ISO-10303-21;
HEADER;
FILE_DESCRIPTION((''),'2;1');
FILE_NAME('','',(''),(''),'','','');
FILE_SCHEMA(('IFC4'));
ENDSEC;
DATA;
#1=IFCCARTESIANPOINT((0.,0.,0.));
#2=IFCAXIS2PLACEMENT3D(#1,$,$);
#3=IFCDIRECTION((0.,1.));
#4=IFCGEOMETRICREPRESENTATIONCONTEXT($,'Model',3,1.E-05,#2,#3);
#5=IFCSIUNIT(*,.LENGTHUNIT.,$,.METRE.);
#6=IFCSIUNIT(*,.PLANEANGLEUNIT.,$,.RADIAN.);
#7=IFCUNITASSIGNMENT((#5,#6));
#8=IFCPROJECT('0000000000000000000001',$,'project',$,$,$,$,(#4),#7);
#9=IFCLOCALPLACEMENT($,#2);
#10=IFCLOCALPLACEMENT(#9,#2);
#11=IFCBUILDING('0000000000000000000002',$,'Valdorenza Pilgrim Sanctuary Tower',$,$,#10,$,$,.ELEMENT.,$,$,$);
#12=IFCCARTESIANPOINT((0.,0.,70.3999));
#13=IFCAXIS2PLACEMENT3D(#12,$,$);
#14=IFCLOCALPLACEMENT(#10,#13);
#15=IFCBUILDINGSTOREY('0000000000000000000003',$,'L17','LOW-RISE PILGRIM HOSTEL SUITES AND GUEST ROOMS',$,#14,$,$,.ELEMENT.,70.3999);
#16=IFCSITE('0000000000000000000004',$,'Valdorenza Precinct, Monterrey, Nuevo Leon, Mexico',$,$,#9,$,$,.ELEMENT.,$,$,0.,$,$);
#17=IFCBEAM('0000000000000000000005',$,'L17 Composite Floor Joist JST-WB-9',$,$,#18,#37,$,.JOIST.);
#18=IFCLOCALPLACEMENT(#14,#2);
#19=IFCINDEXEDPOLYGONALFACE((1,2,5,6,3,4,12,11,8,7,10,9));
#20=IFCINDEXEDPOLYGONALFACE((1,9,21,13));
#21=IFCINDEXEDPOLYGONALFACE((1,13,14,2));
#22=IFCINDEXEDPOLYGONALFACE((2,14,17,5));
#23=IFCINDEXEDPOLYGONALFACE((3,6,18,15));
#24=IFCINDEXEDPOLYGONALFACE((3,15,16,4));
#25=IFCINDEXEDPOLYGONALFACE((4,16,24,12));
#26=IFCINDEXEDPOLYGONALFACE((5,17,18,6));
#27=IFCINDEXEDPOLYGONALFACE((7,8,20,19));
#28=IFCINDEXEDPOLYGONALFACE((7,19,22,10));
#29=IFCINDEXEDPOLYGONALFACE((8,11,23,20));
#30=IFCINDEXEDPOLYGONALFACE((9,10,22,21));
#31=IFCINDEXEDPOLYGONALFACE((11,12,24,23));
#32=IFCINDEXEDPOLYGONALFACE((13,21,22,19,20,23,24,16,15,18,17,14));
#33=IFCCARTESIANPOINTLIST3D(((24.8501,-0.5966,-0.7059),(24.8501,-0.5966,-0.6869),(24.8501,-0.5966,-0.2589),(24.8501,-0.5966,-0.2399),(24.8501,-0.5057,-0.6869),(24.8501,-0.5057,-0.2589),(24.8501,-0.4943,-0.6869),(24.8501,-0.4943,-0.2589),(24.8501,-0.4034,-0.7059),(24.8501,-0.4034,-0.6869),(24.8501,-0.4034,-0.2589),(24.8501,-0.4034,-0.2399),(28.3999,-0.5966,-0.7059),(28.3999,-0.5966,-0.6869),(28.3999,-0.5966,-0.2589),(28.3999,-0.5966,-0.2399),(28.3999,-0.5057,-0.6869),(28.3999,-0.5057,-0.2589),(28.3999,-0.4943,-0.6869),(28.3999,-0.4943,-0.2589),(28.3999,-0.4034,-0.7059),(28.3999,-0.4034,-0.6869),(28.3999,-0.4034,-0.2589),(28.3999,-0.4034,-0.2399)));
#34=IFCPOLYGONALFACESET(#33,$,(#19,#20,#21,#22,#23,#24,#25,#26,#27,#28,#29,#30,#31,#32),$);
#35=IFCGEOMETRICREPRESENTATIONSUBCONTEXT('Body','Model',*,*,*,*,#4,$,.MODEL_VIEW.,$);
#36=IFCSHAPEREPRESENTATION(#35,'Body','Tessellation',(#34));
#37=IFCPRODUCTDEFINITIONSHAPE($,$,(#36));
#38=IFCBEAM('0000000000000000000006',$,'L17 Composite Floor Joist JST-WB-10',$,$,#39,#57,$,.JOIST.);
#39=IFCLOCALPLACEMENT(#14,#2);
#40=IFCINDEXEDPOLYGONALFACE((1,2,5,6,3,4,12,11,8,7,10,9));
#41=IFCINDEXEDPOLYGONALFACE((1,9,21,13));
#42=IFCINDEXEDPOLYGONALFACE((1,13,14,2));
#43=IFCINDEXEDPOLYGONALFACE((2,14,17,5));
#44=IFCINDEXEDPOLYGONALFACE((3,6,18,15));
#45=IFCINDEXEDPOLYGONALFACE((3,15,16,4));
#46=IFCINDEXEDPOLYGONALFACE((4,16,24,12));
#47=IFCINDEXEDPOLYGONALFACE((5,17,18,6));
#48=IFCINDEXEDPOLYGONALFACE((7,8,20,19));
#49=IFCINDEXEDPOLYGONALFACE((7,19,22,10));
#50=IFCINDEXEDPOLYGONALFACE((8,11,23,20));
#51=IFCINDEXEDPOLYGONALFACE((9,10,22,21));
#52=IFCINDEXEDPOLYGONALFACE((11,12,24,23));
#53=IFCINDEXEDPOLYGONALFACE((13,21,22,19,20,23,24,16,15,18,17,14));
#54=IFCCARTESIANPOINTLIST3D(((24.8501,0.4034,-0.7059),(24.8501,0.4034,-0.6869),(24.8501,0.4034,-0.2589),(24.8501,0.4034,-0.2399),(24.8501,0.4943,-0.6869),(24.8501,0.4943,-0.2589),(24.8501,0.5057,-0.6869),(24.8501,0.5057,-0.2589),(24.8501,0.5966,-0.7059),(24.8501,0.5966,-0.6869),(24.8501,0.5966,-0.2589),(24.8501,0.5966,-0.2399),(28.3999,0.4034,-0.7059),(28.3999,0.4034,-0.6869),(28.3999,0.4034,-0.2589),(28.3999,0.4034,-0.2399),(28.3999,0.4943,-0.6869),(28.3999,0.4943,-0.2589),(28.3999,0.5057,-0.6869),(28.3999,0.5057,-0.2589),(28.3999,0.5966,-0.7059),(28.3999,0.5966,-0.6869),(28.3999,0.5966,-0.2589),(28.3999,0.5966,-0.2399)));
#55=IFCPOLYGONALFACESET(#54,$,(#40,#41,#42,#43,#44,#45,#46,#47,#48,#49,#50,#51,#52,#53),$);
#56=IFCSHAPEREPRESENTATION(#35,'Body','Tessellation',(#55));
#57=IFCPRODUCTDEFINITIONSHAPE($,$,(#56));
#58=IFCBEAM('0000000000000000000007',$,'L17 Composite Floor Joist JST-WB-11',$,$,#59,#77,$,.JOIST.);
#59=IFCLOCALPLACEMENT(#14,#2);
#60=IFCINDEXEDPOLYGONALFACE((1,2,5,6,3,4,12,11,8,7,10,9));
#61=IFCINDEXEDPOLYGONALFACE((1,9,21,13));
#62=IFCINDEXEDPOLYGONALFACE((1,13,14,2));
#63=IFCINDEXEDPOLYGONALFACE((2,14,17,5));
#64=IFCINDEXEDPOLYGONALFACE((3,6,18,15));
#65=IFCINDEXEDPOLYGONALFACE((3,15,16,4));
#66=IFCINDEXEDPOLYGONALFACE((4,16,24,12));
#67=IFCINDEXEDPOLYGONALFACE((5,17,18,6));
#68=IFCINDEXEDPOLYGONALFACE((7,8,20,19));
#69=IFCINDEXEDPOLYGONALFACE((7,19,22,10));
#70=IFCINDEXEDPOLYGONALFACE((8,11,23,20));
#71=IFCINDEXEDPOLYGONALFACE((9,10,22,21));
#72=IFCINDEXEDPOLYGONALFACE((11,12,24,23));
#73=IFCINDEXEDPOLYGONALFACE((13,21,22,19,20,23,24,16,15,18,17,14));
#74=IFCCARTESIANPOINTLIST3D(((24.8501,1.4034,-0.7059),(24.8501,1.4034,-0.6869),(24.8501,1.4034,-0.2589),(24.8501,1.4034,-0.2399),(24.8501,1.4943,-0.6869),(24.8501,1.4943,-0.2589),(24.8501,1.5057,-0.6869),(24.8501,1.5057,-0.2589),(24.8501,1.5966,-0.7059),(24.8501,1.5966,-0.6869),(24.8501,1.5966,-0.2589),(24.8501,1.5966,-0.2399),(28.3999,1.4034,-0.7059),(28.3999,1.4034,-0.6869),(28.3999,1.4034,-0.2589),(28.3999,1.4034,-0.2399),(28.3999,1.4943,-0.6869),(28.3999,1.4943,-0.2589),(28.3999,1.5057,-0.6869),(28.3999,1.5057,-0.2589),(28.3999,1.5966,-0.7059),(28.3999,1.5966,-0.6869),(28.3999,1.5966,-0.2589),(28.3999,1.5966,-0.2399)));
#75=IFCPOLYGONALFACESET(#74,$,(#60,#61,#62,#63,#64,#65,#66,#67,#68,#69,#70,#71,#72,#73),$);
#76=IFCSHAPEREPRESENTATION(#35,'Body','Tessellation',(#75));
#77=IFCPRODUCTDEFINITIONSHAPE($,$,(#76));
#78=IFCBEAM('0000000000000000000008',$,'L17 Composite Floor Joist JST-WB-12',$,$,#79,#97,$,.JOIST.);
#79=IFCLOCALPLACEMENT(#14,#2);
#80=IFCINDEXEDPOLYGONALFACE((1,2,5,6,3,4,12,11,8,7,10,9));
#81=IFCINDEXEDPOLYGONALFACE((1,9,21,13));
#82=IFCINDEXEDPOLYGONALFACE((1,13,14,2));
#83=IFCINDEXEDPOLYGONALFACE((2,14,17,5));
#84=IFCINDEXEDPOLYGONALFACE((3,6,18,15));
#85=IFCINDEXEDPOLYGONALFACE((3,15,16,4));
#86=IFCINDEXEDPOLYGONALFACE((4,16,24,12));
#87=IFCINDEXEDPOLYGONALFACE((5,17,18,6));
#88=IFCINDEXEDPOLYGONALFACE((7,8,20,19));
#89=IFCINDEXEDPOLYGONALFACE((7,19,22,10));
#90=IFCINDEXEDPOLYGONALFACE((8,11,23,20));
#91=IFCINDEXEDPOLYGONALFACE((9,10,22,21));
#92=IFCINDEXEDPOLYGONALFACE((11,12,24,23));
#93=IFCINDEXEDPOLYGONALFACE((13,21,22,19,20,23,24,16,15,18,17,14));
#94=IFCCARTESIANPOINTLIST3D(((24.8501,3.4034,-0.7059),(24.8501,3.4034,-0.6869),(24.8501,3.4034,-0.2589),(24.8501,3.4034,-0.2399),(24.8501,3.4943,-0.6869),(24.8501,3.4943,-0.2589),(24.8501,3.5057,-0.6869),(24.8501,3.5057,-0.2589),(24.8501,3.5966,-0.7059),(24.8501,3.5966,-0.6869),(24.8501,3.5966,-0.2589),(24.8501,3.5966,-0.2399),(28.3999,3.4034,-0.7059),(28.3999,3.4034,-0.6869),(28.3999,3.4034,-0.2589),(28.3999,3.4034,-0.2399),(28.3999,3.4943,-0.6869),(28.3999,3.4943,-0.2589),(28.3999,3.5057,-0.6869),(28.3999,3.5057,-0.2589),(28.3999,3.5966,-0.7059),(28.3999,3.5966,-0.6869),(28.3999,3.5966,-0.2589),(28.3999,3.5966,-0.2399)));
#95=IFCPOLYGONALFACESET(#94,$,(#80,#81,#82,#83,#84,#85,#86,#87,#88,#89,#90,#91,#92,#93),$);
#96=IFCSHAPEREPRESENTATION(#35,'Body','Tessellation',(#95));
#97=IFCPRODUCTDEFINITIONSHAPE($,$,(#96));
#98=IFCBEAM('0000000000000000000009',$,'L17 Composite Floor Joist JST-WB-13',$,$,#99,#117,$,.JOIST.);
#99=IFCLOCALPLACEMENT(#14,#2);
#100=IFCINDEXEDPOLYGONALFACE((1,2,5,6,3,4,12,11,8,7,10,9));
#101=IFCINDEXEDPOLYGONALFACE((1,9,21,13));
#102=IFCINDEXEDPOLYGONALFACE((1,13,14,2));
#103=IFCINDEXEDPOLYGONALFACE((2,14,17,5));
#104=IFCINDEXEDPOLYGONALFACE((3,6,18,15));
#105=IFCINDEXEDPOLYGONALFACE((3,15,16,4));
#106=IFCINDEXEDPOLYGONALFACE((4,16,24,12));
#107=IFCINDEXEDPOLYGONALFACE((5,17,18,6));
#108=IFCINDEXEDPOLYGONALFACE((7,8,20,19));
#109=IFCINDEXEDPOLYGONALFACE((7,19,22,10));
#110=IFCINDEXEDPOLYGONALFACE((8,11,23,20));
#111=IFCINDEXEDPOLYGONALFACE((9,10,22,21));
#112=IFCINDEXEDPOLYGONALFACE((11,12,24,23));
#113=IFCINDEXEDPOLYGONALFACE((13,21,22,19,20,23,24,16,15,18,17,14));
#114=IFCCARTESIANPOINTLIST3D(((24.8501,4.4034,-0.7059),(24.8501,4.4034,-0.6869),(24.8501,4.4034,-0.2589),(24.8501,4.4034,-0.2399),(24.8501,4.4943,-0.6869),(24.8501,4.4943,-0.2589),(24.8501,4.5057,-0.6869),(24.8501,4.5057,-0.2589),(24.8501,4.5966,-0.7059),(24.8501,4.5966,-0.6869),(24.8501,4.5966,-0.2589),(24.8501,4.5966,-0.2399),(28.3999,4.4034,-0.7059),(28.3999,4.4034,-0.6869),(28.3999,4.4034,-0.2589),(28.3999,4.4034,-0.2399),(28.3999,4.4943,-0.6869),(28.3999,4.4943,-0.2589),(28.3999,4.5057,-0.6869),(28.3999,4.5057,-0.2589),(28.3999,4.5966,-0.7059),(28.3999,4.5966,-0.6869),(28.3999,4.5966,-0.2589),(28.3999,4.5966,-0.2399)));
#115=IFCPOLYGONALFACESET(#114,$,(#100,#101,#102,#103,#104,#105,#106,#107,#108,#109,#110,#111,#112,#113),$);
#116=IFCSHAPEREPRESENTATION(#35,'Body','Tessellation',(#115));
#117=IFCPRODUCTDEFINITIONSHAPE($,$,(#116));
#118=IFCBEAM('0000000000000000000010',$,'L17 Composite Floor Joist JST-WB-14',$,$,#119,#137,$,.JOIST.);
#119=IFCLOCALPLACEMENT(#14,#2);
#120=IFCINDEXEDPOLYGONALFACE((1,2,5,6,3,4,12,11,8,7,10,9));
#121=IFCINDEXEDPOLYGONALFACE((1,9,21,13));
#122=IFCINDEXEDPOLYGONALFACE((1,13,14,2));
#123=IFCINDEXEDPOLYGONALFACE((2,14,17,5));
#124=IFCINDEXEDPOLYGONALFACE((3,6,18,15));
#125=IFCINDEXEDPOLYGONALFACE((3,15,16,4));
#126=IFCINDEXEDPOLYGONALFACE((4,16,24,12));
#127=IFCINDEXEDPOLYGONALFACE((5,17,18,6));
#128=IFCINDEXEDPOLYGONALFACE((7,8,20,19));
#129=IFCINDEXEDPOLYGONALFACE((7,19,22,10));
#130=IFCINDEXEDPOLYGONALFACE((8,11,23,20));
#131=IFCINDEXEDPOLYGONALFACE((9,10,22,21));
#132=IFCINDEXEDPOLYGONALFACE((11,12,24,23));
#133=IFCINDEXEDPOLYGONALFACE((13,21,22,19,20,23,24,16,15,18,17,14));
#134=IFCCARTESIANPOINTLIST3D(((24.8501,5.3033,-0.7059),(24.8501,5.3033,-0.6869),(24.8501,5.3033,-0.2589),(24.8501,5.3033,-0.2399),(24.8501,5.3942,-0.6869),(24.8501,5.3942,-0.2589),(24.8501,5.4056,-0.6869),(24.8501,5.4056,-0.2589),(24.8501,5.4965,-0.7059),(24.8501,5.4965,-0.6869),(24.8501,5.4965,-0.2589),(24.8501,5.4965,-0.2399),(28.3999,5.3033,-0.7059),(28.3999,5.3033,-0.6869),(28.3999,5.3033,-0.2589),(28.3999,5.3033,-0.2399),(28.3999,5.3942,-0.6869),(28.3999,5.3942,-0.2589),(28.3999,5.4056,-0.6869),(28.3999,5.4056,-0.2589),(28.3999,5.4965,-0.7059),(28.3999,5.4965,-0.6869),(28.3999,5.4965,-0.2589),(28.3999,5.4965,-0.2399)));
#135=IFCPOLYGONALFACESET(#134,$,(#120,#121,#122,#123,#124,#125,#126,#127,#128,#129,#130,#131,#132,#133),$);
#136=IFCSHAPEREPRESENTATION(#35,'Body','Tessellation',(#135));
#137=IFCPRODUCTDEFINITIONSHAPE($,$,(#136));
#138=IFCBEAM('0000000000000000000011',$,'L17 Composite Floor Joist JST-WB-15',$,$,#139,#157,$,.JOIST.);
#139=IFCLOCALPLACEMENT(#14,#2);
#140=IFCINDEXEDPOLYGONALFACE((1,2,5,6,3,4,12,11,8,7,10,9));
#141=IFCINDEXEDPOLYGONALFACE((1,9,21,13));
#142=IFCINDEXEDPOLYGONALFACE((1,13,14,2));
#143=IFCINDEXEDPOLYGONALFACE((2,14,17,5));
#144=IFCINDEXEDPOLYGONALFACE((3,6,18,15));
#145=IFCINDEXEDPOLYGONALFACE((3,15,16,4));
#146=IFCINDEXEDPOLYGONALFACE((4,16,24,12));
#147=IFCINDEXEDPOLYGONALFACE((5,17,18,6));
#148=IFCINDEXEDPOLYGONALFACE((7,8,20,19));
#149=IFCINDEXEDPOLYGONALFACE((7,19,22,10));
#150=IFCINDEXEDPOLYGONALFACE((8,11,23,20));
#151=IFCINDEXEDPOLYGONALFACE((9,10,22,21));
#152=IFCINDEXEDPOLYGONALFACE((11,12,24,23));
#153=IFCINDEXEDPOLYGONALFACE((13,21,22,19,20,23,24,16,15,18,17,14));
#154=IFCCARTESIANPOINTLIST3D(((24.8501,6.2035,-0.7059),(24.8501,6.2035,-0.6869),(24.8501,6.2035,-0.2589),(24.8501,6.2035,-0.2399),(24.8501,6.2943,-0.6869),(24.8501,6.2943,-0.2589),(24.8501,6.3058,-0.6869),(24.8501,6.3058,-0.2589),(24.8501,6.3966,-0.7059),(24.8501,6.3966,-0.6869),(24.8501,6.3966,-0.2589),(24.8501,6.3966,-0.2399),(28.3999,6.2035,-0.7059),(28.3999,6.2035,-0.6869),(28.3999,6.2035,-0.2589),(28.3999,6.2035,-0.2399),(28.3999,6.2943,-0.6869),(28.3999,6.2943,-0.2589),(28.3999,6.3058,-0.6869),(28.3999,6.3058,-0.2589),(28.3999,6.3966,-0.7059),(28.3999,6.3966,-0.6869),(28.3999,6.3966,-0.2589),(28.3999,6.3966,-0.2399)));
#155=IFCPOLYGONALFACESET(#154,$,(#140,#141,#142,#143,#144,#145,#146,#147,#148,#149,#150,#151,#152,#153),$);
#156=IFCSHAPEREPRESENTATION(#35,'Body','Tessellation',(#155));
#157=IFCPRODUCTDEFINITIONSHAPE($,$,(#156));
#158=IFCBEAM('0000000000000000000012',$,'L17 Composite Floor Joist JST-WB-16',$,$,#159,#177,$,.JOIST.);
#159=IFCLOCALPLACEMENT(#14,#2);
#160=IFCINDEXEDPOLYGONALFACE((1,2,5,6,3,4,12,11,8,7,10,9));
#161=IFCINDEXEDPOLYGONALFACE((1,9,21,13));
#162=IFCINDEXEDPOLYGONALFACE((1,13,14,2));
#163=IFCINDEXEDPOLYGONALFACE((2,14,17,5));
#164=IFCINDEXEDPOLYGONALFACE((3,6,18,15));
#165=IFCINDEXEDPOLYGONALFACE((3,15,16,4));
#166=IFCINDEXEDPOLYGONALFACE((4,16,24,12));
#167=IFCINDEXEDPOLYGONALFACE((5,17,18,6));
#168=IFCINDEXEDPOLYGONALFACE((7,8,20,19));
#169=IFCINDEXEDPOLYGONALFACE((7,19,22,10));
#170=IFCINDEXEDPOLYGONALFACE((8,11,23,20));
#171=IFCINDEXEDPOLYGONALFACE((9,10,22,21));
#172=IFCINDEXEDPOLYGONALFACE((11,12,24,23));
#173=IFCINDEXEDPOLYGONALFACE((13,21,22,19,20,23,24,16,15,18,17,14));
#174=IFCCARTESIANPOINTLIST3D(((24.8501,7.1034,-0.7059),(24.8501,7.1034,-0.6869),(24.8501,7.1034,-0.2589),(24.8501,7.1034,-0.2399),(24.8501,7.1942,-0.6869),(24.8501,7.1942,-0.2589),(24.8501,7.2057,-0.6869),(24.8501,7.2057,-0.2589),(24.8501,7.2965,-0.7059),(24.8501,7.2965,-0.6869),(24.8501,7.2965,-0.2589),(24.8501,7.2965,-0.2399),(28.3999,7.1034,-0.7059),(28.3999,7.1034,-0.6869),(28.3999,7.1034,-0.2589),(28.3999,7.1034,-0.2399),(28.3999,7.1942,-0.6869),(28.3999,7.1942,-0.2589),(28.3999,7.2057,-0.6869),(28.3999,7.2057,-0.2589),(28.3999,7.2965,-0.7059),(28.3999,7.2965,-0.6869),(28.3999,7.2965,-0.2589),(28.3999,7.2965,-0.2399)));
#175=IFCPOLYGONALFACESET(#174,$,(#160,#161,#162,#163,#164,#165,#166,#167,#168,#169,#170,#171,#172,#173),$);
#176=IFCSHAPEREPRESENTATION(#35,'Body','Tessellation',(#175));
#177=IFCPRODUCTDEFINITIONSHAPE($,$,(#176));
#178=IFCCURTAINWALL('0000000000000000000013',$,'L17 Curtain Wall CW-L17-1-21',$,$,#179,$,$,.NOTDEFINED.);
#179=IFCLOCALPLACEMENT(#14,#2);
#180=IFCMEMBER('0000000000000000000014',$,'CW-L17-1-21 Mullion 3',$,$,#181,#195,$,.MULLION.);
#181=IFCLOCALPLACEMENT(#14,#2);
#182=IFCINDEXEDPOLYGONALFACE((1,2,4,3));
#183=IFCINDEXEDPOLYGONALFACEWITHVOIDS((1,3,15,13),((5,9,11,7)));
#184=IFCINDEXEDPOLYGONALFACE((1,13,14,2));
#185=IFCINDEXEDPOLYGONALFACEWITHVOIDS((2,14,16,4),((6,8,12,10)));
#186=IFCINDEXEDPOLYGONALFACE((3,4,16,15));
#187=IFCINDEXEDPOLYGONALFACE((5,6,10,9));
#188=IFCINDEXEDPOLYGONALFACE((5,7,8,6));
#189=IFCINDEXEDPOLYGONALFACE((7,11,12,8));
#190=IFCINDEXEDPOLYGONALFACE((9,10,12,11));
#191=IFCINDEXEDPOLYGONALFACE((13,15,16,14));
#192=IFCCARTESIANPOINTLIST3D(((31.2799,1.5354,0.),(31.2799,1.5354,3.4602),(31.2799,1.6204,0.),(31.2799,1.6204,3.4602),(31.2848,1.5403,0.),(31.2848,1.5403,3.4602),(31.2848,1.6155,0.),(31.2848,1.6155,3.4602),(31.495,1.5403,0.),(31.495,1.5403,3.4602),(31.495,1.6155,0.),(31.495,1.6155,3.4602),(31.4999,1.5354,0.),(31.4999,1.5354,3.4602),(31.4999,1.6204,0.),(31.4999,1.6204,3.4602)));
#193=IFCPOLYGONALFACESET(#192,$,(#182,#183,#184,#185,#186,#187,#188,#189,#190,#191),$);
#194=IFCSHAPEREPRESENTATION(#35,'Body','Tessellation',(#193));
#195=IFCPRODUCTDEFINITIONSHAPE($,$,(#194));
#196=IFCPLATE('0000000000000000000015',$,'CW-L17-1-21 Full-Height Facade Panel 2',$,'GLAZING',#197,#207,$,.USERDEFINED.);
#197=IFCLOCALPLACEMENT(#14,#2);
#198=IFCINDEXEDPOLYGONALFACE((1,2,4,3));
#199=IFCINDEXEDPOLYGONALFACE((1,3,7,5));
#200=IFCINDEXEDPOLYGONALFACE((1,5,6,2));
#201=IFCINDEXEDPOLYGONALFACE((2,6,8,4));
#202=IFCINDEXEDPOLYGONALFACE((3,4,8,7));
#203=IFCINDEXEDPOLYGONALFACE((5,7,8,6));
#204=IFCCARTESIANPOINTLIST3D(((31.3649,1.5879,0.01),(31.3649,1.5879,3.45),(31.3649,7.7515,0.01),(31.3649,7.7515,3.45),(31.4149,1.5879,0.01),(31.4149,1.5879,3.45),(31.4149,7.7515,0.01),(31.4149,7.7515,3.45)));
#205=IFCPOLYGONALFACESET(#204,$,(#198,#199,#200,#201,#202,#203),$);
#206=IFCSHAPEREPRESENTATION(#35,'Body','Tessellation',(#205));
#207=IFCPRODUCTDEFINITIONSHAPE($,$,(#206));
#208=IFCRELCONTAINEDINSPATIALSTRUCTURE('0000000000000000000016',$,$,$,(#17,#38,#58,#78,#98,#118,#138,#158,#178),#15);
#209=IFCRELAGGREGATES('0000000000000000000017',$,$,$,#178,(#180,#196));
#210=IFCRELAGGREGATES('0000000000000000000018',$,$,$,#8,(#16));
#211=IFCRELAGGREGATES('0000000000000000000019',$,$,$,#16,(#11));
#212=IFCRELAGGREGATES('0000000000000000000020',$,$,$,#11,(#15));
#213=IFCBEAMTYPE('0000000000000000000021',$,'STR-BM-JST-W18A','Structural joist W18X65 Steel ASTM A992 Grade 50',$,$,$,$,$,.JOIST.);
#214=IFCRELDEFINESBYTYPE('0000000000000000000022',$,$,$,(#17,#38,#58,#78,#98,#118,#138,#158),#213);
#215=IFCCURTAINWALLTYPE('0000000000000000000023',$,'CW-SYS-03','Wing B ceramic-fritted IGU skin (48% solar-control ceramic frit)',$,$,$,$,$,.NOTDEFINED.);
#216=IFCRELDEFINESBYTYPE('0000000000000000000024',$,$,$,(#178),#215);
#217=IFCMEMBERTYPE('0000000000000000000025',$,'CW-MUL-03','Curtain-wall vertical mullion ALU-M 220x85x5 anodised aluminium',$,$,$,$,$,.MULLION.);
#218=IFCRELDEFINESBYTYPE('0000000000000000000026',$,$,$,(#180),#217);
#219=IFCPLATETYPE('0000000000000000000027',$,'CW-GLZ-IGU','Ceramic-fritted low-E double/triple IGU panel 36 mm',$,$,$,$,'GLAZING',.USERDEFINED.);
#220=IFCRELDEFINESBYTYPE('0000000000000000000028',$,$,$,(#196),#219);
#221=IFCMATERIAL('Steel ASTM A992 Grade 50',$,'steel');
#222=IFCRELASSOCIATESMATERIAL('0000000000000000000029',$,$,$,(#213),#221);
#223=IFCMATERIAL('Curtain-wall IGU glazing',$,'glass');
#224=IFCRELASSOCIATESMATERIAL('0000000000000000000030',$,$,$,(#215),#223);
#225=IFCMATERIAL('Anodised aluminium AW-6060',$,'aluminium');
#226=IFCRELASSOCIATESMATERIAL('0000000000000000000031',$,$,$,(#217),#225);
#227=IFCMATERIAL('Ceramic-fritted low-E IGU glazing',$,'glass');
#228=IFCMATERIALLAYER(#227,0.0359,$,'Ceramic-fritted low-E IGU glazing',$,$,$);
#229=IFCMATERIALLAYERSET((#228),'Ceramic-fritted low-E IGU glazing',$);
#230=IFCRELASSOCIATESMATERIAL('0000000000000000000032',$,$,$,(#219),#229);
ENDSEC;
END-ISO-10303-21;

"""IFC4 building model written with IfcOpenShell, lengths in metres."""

from ifc_helpers import new_model, si_unit, direction, frame, origin, origin_2d, place, context, subcontext, project, spatial, rectangle, hollow_rectangle, i_section, extrude, source, transform, mapped, material, layer, layer_set, material_profile, profile_set, type_object, element, aggregate, save


model = new_model("IFC4")

# Units and contexts
model_context = context("Model", 3, precision=1e-05, world=origin(), true_north=direction((0.0, 1.0)))
body_context = subcontext(model_context, "Body", "Model", "MODEL_VIEW")
ifc_project = project(units=[si_unit("LENGTHUNIT", "METRE"), si_unit("PLANEANGLEUNIT", "RADIAN")], contexts=[model_context])

# Site, building, storey
site_placement = place(None, origin())
site = spatial("IfcSite", under=ifc_project, at=site_placement, Name="Valdorenza Precinct, Monterrey, Nuevo Leon, Mexico", CompositionType="ELEMENT", RefElevation=0.0)
building_placement = place(site_placement, origin())
building = spatial("IfcBuilding", under=site, at=building_placement, Name="Valdorenza Pilgrim Sanctuary Tower", CompositionType="ELEMENT")
storey_placement = place(building_placement, frame((0.0, 0.0, 70.3999)))
storey = spatial("IfcBuildingStorey", under=building, at=storey_placement, Name="L17", Description="LOW-RISE PILGRIM HOSTEL SUITES AND GUEST ROOMS", CompositionType="ELEMENT", Elevation=70.3999)

# Beams
ifc_material_1 = material(Name="Steel ASTM A992 Grade 50", Category="steel")
ifc_material_profile_1 = material_profile(ifc_material_1, i_section(OverallWidth=0.1931, OverallDepth=0.4661, WebThickness=0.0115, FlangeThickness=0.019, at=origin_2d()), Name="W18X65")
ifc_profile_set_1 = profile_set([ifc_material_profile_1], Name="Steel ASTM A992 Grade 50")
beam_type = type_object("IfcBeamType", Name="STR-BM-JST-W18A", Description="Structural joist W18X65 Steel ASTM A992 Grade 50", PredefinedType="JOIST", material=ifc_profile_set_1)
shared_shape_1 = source(origin(), body_context, "Body", "SweptSolid", [
    extrude(i_section(OverallWidth=0.1931, OverallDepth=0.4661, WebThickness=0.0115, FlangeThickness=0.019, at=origin_2d()), origin(), (0.0, 0.0, 1.0), 3.5498),
])
for number, where, z_axis, x_axis, name in (
    (1, (24.8501, -0.5, -0.4729), (1.0, 0.0, 0.0), (0.0, 1.0, 0.0), "L17 Composite Floor Joist JST-WB-9"),
    (2, (24.8501, 0.5, -0.4729), (1.0, 0.0, 0.0), (0.0, 1.0, 0.0), "L17 Composite Floor Joist JST-WB-10"),
    (3, (24.8501, 1.5, -0.4729), (1.0, 0.0, 0.0), (0.0, 1.0, 0.0), "L17 Composite Floor Joist JST-WB-11"),
    (4, (24.8501, 3.5, -0.4729), (1.0, 0.0, 0.0), (0.0, 1.0, 0.0), "L17 Composite Floor Joist JST-WB-12"),
    (5, (24.8501, 4.5, -0.4729), (1.0, 0.0, 0.0), (0.0, 1.0, 0.0), "L17 Composite Floor Joist JST-WB-13"),
    (6, (24.8501, 5.3999, -0.4729), (1.0, 0.0, 0.0), (0.0, 1.0, 0.0), "L17 Composite Floor Joist JST-WB-14"),
    (7, (24.8501, 6.3, -0.4729), (1.0, 0.0, 0.0), (0.0, 1.0, 0.0), "L17 Composite Floor Joist JST-WB-15"),
    (8, (24.8501, 7.2, -0.4729), (1.0, 0.0, 0.0), (0.0, 1.0, 0.0), "L17 Composite Floor Joist JST-WB-16"),
):
    element("IfcBeam", number, at=place(storey_placement, frame(where, z_axis=z_axis, x_axis=x_axis)), inside=storey, type_object=beam_type, Name=name, PredefinedType="JOIST", context=body_context, shape_type="MappedRepresentation", body=[
        mapped(shared_shape_1, transform((0.0, 0.0, 0.0), x_axis=(1.0, 0.0, 0.0), y_axis=(0.0, 1.0, 0.0), z_axis=(0.0, 0.0, 1.0), scale=1.0)),
    ])

# Curtain wall, member, plate
ifc_material_2 = material(Name="Curtain-wall IGU glazing", Category="glass")
curtain_wall_type = type_object("IfcCurtainWallType", Name="CW-SYS-03", Description="Wing B ceramic-fritted IGU skin (48% solar-control ceramic frit)", PredefinedType="NOTDEFINED", material=ifc_material_2)
curtain_wall_placement = place(storey_placement, origin())
curtain_wall = element("IfcCurtainWall", 9, at=curtain_wall_placement, inside=storey, type_object=curtain_wall_type, Name="L17 Curtain Wall CW-L17-1-21", PredefinedType="NOTDEFINED")
ifc_material_3 = material(Name="Anodised aluminium AW-6060", Category="aluminium")
ifc_material_profile_2 = material_profile(ifc_material_3, hollow_rectangle(XDim=0.085, YDim=0.22, WallThickness=0.0049, at=origin_2d()), Name="ALU-M 220x85x5")
ifc_profile_set_2 = profile_set([ifc_material_profile_2], Name="Anodised aluminium AW-6060")
member_type = type_object("IfcMemberType", Name="CW-MUL-03", Description="Curtain-wall vertical mullion ALU-M 220x85x5 anodised aluminium", PredefinedType="MULLION", material=ifc_profile_set_2)
shared_shape_2 = source(origin(), body_context, "Body", "SweptSolid", [
    extrude(hollow_rectangle(XDim=0.085, YDim=0.22, WallThickness=0.0049, at=origin_2d()), origin(), (0.0, 0.0, 1.0), 3.4602),
])
member_placement = place(storey_placement, frame((31.3899, 1.5779, 0.0), z_axis=(0.0, 0.0, 1.0), x_axis=(0.0, -1.0, 0.0)))
member = element("IfcMember", 10, at=member_placement, type_object=member_type, Name="CW-L17-1-21 Mullion 3", PredefinedType="MULLION", context=body_context, shape_type="MappedRepresentation", body=[
    mapped(shared_shape_2, transform((0.0, 0.0, 0.0), x_axis=(1.0, 0.0, 0.0), y_axis=(0.0, 1.0, 0.0), z_axis=(0.0, 0.0, 1.0), scale=1.0)),
])
ifc_material_4 = material(Name="Ceramic-fritted low-E IGU glazing", Category="glass")
ifc_layer_1 = layer(ifc_material_4, 0.0359, Name="Ceramic-fritted low-E IGU glazing")
ifc_layer_set_1 = layer_set([ifc_layer_1], Name="Ceramic-fritted low-E IGU glazing")
plate_type = type_object("IfcPlateType", Name="CW-GLZ-IGU", Description="Ceramic-fritted low-E double/triple IGU panel 36 mm", ElementType="GLAZING", PredefinedType="USERDEFINED", material=ifc_layer_set_1)
shared_shape_3 = source(origin(), body_context, "Body", "SweptSolid", [
    extrude(rectangle(XDim=6.1636, YDim=0.05, at=origin_2d()), origin(), (0.0, 0.0, 1.0), 3.4399),
])
plate_placement = place(storey_placement, frame((31.3899, 4.6697, 0.01), z_axis=(0.0, 0.0, 1.0), x_axis=(0.0, -1.0, 0.0)))
plate = element("IfcPlate", 11, at=plate_placement, type_object=plate_type, Name="CW-L17-1-21 Full-Height Facade Panel 2", ObjectType="GLAZING", PredefinedType="USERDEFINED", context=body_context, shape_type="MappedRepresentation", body=[
    mapped(shared_shape_3, transform((0.0, 0.0, 0.0), x_axis=(1.0, 0.0, 0.0), y_axis=(0.0, 1.0, 0.0), z_axis=(0.0, 0.0, 1.0), scale=1.0)),
])
aggregate(curtain_wall, [member, plate])

save(model, "model.ifc")
